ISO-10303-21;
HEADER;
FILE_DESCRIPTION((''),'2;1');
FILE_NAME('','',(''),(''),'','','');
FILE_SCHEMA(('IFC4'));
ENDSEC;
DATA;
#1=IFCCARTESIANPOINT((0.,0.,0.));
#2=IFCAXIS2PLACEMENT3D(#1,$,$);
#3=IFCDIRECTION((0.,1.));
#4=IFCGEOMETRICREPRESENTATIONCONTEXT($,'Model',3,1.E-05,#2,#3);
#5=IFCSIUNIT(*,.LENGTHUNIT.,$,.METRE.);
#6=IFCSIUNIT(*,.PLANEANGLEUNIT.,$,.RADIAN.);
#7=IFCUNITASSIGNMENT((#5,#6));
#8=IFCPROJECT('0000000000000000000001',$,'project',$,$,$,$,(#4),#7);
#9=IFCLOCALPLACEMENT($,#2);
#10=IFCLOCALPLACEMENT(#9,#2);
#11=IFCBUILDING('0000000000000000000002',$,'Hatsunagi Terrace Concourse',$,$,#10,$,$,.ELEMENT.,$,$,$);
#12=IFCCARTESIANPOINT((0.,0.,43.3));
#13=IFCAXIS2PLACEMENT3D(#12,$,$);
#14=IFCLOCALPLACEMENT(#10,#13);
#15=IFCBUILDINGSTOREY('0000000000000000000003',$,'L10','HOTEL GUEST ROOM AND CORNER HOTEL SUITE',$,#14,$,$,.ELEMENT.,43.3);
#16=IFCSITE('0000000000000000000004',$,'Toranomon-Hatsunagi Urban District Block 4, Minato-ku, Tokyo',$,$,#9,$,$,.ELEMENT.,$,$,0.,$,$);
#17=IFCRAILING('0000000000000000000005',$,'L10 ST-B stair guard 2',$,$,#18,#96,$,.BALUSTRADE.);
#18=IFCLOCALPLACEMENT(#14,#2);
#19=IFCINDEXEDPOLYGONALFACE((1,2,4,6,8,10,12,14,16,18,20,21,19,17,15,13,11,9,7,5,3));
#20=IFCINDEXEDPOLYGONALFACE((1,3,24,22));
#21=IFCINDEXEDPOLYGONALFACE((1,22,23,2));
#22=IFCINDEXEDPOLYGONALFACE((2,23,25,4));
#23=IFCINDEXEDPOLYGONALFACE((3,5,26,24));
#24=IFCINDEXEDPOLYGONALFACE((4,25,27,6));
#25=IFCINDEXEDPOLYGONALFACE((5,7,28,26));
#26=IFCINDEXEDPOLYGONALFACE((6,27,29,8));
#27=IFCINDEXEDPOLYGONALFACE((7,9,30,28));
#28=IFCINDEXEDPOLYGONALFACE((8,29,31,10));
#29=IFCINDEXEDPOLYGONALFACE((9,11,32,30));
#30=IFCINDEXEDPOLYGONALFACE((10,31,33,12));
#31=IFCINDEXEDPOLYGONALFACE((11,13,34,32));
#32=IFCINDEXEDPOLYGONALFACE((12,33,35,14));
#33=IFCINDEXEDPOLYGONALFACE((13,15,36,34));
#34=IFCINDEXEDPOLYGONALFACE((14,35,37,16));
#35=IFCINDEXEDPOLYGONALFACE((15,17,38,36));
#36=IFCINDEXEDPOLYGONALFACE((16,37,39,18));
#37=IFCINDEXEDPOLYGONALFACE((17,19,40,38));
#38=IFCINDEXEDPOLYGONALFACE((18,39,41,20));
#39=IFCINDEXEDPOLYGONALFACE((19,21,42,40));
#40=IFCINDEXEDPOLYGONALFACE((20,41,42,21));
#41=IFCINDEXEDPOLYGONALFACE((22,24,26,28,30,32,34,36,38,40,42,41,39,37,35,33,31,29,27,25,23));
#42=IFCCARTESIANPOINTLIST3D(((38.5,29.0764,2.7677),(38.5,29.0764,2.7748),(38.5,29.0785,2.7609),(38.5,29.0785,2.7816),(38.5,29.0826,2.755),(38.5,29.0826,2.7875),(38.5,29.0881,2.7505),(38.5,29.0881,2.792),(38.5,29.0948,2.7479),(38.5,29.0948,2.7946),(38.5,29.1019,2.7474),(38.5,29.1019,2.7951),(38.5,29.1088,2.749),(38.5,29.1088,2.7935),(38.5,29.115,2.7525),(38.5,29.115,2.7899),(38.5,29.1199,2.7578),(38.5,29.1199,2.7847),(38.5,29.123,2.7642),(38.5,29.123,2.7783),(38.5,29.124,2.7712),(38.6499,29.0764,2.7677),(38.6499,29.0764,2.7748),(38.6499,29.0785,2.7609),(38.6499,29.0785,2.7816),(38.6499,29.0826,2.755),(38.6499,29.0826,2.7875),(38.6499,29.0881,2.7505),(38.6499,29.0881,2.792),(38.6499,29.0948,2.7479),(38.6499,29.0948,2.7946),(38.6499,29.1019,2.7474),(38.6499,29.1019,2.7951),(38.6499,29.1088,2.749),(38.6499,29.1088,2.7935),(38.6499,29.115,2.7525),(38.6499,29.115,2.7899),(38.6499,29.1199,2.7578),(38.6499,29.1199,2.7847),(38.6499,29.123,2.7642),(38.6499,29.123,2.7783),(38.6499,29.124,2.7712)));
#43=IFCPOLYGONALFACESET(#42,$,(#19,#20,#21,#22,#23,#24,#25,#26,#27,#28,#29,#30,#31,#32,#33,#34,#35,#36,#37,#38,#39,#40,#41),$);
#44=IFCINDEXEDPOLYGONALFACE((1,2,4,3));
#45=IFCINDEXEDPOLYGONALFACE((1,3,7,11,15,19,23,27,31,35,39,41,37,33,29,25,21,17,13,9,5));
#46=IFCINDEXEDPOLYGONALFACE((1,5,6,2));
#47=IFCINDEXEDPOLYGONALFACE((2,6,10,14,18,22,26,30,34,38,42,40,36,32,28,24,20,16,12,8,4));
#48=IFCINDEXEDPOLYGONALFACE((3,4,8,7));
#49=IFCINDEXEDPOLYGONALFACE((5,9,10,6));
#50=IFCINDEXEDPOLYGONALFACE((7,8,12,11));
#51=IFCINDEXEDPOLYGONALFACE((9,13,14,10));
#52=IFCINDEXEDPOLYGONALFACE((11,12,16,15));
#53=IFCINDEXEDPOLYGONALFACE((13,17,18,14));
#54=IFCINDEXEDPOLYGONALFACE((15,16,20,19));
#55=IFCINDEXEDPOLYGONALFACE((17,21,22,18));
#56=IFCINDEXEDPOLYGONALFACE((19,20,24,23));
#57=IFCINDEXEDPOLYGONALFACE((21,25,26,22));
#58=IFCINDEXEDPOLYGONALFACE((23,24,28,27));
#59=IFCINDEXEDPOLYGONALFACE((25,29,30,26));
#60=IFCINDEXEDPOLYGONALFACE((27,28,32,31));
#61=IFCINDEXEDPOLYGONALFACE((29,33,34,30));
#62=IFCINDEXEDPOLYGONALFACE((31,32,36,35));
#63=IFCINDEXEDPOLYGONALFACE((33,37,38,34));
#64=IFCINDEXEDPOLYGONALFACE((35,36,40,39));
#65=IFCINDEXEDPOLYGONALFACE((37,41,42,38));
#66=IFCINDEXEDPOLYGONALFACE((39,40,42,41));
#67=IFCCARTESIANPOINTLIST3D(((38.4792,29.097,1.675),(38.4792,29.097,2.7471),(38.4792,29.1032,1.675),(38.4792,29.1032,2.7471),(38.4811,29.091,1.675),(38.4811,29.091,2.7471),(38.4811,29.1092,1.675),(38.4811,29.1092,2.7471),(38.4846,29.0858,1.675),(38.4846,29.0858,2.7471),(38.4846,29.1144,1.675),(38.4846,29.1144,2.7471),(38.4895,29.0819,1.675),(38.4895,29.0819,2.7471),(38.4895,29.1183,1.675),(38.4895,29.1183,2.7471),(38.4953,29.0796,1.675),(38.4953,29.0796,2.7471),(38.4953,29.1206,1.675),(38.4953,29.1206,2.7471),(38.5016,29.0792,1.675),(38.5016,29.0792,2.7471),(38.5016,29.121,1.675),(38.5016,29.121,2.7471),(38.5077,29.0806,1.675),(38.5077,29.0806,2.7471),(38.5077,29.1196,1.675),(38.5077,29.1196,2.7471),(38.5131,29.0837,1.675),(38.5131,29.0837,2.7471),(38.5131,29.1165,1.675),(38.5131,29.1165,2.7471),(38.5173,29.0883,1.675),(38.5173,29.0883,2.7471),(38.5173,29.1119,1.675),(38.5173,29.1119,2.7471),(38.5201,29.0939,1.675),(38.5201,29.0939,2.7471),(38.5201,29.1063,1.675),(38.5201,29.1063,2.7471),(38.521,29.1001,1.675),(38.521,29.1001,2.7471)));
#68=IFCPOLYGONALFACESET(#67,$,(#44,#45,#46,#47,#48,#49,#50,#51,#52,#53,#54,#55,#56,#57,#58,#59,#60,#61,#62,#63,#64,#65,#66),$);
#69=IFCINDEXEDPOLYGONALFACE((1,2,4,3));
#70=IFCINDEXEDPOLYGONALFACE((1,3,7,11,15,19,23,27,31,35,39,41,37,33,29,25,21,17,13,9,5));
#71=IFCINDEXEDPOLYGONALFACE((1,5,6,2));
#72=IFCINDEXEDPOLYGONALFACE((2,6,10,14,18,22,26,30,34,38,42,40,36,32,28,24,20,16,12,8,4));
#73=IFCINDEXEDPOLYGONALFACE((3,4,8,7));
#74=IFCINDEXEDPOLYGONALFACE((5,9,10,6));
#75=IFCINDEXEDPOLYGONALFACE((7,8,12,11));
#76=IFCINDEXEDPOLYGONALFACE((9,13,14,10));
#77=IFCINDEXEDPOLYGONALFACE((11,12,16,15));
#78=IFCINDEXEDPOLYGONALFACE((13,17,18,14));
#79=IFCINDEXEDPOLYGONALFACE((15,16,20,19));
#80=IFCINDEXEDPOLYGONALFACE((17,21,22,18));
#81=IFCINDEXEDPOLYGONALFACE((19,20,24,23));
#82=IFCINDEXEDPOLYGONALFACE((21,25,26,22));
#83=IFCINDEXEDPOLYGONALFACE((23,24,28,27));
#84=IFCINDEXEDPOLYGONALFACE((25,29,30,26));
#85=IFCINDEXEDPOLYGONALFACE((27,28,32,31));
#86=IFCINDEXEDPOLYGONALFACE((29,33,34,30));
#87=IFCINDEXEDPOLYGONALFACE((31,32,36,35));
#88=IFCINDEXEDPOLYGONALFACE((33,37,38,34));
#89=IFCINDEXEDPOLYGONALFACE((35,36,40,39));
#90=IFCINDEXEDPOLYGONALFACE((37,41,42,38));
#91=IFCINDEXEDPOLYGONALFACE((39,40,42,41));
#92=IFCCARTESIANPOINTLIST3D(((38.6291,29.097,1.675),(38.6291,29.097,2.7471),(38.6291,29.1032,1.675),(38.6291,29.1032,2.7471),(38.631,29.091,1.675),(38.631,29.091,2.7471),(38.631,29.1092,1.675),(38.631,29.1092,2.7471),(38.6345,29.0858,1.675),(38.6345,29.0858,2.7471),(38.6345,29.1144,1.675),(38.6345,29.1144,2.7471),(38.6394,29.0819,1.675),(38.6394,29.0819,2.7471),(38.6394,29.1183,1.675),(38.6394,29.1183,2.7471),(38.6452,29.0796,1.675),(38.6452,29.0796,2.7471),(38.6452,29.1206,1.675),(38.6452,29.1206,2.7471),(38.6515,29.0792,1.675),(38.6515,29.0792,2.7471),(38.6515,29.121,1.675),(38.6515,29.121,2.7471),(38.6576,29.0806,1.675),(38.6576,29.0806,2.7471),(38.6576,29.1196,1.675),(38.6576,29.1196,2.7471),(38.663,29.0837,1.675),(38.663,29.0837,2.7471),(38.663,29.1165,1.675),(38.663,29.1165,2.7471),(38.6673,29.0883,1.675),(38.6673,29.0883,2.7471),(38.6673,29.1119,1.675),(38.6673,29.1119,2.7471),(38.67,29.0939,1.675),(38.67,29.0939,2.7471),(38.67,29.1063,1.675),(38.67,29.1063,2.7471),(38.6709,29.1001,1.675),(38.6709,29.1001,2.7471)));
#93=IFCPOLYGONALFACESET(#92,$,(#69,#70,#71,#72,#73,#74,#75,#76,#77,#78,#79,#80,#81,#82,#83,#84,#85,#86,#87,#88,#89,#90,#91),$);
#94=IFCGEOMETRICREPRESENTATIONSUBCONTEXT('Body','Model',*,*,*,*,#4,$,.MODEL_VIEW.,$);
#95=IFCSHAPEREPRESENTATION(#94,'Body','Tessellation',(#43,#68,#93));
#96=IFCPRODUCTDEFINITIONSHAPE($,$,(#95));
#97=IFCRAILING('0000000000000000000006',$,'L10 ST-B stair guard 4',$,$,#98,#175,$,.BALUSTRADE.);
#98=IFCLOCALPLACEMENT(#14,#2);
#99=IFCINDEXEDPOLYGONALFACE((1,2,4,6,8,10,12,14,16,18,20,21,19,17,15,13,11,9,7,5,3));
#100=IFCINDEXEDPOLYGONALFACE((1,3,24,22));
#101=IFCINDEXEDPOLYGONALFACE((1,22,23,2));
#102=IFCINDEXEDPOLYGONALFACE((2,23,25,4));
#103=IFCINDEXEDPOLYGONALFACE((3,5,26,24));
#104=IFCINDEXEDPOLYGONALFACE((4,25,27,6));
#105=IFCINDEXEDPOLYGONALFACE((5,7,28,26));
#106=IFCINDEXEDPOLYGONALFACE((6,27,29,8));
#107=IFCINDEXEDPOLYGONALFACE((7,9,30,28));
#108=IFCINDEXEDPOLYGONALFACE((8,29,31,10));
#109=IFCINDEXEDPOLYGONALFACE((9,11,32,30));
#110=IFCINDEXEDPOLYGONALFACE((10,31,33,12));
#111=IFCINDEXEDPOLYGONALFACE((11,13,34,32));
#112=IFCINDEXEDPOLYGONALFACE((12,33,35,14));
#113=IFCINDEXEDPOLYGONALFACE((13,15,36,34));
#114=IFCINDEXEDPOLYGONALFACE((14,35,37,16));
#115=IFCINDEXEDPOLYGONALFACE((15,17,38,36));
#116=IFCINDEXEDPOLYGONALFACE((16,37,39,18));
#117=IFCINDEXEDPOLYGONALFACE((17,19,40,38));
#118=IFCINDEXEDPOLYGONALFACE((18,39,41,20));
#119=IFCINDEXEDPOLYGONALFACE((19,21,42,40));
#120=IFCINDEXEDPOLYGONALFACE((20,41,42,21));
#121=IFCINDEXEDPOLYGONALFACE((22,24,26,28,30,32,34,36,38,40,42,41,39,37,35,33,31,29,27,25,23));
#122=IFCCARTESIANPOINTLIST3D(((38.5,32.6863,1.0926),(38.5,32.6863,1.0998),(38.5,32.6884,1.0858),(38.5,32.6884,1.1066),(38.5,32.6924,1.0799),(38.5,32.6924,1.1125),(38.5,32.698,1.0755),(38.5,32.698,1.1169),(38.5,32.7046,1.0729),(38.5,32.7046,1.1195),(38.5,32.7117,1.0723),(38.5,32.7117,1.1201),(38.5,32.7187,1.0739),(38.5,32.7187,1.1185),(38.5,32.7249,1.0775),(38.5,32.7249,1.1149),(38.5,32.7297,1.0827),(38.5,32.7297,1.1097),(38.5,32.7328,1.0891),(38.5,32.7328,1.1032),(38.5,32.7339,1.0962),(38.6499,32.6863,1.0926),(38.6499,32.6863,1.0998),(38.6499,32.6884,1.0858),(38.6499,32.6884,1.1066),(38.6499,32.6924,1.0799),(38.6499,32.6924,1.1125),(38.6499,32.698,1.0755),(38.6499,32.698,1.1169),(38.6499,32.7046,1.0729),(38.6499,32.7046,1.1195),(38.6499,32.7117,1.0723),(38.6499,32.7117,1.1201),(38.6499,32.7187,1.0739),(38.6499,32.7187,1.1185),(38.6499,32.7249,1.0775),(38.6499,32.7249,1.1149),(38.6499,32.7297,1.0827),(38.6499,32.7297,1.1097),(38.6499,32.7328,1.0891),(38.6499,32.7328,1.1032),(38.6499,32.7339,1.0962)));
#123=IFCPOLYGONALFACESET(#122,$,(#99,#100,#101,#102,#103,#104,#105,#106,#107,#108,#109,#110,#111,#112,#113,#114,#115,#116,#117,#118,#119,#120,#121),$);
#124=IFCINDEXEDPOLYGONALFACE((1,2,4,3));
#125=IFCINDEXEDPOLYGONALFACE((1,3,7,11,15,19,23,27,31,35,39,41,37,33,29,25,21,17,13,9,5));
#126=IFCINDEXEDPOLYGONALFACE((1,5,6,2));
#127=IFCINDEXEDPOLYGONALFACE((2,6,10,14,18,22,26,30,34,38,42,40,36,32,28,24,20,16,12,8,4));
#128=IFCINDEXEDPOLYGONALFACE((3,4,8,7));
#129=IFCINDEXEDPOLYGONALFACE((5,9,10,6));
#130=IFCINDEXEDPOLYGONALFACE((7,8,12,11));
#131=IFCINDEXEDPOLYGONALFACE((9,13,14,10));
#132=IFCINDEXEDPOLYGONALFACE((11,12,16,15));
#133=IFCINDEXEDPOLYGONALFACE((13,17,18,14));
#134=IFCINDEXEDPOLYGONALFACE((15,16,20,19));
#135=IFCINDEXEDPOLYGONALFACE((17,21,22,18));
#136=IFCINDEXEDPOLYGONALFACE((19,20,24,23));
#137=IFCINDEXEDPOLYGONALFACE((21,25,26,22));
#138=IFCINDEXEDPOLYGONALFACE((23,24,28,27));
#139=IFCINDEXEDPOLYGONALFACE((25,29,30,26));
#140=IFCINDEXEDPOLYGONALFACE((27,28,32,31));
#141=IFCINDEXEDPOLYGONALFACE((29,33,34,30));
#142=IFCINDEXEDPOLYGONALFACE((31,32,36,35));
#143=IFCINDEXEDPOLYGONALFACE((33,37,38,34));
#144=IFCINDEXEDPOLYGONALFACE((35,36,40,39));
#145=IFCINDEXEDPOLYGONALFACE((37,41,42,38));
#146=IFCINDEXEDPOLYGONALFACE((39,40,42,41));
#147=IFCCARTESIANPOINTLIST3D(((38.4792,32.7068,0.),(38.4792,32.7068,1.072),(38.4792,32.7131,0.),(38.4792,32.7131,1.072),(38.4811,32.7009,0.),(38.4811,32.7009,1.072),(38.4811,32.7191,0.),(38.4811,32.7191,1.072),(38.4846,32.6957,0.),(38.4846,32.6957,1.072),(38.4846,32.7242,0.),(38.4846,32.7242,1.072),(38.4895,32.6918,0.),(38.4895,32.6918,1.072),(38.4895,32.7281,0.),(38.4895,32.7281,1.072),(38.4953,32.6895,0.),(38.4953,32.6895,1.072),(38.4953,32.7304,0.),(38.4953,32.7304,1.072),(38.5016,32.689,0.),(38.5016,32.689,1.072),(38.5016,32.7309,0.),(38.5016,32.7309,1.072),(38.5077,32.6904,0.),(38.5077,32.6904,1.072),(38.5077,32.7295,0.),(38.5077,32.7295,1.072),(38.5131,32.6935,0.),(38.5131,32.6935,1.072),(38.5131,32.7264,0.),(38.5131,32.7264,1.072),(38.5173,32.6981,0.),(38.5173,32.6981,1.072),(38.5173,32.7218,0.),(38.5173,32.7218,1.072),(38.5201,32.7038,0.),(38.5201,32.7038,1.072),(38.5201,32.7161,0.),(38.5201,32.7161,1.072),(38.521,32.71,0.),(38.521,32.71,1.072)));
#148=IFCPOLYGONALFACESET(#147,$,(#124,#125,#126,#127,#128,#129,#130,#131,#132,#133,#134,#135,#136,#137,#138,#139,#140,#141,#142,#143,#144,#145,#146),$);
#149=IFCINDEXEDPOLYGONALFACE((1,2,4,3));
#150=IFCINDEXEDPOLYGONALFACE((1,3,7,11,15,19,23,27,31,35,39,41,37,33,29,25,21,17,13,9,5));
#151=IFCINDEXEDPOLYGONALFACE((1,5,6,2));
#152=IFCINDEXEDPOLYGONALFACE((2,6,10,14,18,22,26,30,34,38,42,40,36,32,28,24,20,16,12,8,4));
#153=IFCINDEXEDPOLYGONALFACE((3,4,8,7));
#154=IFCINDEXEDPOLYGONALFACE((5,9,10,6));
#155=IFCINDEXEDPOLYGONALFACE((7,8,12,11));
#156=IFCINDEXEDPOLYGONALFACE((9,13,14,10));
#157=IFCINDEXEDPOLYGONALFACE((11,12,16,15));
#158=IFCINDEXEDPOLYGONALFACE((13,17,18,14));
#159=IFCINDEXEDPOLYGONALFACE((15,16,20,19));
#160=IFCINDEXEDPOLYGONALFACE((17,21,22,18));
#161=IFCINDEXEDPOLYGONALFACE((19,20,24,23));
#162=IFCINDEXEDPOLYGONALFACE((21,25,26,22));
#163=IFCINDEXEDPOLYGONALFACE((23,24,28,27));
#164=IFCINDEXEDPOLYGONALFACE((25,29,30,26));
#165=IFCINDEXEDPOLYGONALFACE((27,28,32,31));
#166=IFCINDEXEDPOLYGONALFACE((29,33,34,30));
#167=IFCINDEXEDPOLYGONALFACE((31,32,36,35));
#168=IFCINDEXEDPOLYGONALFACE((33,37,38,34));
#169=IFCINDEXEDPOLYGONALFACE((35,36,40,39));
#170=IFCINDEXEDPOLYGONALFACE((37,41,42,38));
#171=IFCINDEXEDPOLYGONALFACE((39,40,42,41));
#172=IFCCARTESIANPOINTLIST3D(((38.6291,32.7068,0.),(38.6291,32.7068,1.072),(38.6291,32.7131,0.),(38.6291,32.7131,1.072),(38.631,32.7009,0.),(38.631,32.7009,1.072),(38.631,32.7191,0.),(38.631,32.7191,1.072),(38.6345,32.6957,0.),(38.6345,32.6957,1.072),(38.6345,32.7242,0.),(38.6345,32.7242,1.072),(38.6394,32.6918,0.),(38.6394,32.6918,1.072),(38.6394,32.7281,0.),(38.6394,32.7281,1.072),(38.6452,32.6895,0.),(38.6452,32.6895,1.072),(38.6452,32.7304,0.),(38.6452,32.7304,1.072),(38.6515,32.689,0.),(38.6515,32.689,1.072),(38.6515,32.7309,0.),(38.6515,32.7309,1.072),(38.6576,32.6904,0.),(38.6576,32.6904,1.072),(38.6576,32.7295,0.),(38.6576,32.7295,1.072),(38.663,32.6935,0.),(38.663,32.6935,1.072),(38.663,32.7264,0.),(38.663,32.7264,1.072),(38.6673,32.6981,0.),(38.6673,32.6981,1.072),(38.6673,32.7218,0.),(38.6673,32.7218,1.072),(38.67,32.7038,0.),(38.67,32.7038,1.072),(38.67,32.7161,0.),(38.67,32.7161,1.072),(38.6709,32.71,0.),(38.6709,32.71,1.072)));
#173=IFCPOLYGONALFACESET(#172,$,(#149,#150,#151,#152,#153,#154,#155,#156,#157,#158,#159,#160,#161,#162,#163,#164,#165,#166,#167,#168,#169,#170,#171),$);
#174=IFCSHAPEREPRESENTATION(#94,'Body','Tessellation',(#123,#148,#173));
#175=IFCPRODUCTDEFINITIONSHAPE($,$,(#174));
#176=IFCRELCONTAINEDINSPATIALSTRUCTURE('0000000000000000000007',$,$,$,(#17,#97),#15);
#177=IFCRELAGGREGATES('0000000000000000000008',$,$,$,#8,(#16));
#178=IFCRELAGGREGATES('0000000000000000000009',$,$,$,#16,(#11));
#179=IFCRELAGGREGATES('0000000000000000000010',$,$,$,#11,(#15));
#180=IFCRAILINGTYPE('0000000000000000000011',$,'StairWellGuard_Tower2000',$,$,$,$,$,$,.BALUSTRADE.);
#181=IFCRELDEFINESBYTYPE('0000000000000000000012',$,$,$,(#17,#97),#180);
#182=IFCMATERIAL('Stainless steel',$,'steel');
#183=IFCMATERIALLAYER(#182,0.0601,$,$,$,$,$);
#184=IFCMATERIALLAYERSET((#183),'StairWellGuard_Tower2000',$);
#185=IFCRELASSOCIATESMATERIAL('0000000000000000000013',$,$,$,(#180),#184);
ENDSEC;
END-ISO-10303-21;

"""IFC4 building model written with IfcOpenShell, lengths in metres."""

from ifc_helpers import new_model, si_unit, direction, frame, origin, origin_2d, place, context, subcontext, project, spatial, circle, extrude, material, layer, layer_set, type_object, element, save


model = new_model("IFC4")

# Units and contexts
model_context = context("Model", 3, precision=1e-05, world=origin(), true_north=direction((0.0, 1.0)))
body_context = subcontext(model_context, "Body", "Model", "MODEL_VIEW")
ifc_project = project(units=[si_unit("LENGTHUNIT", "METRE"), si_unit("PLANEANGLEUNIT", "RADIAN")], contexts=[model_context])

# Site, building, storey
site_placement = place(None, origin())
site = spatial("IfcSite", under=ifc_project, at=site_placement, Name="Toranomon-Hatsunagi Urban District Block 4, Minato-ku, Tokyo", CompositionType="ELEMENT", RefElevation=0.0)
building_placement = place(site_placement, origin())
building = spatial("IfcBuilding", under=site, at=building_placement, Name="Hatsunagi Terrace Concourse", CompositionType="ELEMENT")
storey_placement = place(building_placement, frame((0.0, 0.0, 43.3)))
storey = spatial("IfcBuildingStorey", under=building, at=storey_placement, Name="L10", Description="HOTEL GUEST ROOM AND CORNER HOTEL SUITE", CompositionType="ELEMENT", Elevation=43.3)

# Railings
ifc_material_1 = material(Name="Stainless steel", Category="steel")
ifc_layer_1 = layer(ifc_material_1, 0.0601)
ifc_layer_set_1 = layer_set([ifc_layer_1], Name="StairWellGuard_Tower2000")
railing_type_1 = type_object("IfcRailingType", Name="StairWellGuard_Tower2000", PredefinedType="BALUSTRADE", material=ifc_layer_set_1)
for number, where, name in (
    (1, (38.5, 29.1001, 1.675), "L10 ST-B stair guard 2"),
    (2, (38.5, 32.71, 0.0), "L10 ST-B stair guard 4"),
):
    element("IfcRailing", number, at=place(storey_placement, frame(where)), inside=storey, type_object=railing_type_1, Name=name, PredefinedType="BALUSTRADE", context=body_context, shape_type="SweptSolid", body=[
        extrude(circle(Radius=0.0239, at=origin_2d()), frame((0.0, 0.0, 1.0962), z_axis=(1.0, 0.0, 0.0), x_axis=(0.0, 1.0, 0.0)), (0.0, 0.0, 1.0), 0.1499),
        extrude(circle(Radius=0.021, at=origin_2d()), origin(), (0.0, 0.0, 1.0), 1.072),
        extrude(circle(Radius=0.021, at=origin_2d()), frame((0.1499, 0.0, 0.0)), (0.0, 0.0, 1.0), 1.072),
    ])

save(model, "model.ifc")
